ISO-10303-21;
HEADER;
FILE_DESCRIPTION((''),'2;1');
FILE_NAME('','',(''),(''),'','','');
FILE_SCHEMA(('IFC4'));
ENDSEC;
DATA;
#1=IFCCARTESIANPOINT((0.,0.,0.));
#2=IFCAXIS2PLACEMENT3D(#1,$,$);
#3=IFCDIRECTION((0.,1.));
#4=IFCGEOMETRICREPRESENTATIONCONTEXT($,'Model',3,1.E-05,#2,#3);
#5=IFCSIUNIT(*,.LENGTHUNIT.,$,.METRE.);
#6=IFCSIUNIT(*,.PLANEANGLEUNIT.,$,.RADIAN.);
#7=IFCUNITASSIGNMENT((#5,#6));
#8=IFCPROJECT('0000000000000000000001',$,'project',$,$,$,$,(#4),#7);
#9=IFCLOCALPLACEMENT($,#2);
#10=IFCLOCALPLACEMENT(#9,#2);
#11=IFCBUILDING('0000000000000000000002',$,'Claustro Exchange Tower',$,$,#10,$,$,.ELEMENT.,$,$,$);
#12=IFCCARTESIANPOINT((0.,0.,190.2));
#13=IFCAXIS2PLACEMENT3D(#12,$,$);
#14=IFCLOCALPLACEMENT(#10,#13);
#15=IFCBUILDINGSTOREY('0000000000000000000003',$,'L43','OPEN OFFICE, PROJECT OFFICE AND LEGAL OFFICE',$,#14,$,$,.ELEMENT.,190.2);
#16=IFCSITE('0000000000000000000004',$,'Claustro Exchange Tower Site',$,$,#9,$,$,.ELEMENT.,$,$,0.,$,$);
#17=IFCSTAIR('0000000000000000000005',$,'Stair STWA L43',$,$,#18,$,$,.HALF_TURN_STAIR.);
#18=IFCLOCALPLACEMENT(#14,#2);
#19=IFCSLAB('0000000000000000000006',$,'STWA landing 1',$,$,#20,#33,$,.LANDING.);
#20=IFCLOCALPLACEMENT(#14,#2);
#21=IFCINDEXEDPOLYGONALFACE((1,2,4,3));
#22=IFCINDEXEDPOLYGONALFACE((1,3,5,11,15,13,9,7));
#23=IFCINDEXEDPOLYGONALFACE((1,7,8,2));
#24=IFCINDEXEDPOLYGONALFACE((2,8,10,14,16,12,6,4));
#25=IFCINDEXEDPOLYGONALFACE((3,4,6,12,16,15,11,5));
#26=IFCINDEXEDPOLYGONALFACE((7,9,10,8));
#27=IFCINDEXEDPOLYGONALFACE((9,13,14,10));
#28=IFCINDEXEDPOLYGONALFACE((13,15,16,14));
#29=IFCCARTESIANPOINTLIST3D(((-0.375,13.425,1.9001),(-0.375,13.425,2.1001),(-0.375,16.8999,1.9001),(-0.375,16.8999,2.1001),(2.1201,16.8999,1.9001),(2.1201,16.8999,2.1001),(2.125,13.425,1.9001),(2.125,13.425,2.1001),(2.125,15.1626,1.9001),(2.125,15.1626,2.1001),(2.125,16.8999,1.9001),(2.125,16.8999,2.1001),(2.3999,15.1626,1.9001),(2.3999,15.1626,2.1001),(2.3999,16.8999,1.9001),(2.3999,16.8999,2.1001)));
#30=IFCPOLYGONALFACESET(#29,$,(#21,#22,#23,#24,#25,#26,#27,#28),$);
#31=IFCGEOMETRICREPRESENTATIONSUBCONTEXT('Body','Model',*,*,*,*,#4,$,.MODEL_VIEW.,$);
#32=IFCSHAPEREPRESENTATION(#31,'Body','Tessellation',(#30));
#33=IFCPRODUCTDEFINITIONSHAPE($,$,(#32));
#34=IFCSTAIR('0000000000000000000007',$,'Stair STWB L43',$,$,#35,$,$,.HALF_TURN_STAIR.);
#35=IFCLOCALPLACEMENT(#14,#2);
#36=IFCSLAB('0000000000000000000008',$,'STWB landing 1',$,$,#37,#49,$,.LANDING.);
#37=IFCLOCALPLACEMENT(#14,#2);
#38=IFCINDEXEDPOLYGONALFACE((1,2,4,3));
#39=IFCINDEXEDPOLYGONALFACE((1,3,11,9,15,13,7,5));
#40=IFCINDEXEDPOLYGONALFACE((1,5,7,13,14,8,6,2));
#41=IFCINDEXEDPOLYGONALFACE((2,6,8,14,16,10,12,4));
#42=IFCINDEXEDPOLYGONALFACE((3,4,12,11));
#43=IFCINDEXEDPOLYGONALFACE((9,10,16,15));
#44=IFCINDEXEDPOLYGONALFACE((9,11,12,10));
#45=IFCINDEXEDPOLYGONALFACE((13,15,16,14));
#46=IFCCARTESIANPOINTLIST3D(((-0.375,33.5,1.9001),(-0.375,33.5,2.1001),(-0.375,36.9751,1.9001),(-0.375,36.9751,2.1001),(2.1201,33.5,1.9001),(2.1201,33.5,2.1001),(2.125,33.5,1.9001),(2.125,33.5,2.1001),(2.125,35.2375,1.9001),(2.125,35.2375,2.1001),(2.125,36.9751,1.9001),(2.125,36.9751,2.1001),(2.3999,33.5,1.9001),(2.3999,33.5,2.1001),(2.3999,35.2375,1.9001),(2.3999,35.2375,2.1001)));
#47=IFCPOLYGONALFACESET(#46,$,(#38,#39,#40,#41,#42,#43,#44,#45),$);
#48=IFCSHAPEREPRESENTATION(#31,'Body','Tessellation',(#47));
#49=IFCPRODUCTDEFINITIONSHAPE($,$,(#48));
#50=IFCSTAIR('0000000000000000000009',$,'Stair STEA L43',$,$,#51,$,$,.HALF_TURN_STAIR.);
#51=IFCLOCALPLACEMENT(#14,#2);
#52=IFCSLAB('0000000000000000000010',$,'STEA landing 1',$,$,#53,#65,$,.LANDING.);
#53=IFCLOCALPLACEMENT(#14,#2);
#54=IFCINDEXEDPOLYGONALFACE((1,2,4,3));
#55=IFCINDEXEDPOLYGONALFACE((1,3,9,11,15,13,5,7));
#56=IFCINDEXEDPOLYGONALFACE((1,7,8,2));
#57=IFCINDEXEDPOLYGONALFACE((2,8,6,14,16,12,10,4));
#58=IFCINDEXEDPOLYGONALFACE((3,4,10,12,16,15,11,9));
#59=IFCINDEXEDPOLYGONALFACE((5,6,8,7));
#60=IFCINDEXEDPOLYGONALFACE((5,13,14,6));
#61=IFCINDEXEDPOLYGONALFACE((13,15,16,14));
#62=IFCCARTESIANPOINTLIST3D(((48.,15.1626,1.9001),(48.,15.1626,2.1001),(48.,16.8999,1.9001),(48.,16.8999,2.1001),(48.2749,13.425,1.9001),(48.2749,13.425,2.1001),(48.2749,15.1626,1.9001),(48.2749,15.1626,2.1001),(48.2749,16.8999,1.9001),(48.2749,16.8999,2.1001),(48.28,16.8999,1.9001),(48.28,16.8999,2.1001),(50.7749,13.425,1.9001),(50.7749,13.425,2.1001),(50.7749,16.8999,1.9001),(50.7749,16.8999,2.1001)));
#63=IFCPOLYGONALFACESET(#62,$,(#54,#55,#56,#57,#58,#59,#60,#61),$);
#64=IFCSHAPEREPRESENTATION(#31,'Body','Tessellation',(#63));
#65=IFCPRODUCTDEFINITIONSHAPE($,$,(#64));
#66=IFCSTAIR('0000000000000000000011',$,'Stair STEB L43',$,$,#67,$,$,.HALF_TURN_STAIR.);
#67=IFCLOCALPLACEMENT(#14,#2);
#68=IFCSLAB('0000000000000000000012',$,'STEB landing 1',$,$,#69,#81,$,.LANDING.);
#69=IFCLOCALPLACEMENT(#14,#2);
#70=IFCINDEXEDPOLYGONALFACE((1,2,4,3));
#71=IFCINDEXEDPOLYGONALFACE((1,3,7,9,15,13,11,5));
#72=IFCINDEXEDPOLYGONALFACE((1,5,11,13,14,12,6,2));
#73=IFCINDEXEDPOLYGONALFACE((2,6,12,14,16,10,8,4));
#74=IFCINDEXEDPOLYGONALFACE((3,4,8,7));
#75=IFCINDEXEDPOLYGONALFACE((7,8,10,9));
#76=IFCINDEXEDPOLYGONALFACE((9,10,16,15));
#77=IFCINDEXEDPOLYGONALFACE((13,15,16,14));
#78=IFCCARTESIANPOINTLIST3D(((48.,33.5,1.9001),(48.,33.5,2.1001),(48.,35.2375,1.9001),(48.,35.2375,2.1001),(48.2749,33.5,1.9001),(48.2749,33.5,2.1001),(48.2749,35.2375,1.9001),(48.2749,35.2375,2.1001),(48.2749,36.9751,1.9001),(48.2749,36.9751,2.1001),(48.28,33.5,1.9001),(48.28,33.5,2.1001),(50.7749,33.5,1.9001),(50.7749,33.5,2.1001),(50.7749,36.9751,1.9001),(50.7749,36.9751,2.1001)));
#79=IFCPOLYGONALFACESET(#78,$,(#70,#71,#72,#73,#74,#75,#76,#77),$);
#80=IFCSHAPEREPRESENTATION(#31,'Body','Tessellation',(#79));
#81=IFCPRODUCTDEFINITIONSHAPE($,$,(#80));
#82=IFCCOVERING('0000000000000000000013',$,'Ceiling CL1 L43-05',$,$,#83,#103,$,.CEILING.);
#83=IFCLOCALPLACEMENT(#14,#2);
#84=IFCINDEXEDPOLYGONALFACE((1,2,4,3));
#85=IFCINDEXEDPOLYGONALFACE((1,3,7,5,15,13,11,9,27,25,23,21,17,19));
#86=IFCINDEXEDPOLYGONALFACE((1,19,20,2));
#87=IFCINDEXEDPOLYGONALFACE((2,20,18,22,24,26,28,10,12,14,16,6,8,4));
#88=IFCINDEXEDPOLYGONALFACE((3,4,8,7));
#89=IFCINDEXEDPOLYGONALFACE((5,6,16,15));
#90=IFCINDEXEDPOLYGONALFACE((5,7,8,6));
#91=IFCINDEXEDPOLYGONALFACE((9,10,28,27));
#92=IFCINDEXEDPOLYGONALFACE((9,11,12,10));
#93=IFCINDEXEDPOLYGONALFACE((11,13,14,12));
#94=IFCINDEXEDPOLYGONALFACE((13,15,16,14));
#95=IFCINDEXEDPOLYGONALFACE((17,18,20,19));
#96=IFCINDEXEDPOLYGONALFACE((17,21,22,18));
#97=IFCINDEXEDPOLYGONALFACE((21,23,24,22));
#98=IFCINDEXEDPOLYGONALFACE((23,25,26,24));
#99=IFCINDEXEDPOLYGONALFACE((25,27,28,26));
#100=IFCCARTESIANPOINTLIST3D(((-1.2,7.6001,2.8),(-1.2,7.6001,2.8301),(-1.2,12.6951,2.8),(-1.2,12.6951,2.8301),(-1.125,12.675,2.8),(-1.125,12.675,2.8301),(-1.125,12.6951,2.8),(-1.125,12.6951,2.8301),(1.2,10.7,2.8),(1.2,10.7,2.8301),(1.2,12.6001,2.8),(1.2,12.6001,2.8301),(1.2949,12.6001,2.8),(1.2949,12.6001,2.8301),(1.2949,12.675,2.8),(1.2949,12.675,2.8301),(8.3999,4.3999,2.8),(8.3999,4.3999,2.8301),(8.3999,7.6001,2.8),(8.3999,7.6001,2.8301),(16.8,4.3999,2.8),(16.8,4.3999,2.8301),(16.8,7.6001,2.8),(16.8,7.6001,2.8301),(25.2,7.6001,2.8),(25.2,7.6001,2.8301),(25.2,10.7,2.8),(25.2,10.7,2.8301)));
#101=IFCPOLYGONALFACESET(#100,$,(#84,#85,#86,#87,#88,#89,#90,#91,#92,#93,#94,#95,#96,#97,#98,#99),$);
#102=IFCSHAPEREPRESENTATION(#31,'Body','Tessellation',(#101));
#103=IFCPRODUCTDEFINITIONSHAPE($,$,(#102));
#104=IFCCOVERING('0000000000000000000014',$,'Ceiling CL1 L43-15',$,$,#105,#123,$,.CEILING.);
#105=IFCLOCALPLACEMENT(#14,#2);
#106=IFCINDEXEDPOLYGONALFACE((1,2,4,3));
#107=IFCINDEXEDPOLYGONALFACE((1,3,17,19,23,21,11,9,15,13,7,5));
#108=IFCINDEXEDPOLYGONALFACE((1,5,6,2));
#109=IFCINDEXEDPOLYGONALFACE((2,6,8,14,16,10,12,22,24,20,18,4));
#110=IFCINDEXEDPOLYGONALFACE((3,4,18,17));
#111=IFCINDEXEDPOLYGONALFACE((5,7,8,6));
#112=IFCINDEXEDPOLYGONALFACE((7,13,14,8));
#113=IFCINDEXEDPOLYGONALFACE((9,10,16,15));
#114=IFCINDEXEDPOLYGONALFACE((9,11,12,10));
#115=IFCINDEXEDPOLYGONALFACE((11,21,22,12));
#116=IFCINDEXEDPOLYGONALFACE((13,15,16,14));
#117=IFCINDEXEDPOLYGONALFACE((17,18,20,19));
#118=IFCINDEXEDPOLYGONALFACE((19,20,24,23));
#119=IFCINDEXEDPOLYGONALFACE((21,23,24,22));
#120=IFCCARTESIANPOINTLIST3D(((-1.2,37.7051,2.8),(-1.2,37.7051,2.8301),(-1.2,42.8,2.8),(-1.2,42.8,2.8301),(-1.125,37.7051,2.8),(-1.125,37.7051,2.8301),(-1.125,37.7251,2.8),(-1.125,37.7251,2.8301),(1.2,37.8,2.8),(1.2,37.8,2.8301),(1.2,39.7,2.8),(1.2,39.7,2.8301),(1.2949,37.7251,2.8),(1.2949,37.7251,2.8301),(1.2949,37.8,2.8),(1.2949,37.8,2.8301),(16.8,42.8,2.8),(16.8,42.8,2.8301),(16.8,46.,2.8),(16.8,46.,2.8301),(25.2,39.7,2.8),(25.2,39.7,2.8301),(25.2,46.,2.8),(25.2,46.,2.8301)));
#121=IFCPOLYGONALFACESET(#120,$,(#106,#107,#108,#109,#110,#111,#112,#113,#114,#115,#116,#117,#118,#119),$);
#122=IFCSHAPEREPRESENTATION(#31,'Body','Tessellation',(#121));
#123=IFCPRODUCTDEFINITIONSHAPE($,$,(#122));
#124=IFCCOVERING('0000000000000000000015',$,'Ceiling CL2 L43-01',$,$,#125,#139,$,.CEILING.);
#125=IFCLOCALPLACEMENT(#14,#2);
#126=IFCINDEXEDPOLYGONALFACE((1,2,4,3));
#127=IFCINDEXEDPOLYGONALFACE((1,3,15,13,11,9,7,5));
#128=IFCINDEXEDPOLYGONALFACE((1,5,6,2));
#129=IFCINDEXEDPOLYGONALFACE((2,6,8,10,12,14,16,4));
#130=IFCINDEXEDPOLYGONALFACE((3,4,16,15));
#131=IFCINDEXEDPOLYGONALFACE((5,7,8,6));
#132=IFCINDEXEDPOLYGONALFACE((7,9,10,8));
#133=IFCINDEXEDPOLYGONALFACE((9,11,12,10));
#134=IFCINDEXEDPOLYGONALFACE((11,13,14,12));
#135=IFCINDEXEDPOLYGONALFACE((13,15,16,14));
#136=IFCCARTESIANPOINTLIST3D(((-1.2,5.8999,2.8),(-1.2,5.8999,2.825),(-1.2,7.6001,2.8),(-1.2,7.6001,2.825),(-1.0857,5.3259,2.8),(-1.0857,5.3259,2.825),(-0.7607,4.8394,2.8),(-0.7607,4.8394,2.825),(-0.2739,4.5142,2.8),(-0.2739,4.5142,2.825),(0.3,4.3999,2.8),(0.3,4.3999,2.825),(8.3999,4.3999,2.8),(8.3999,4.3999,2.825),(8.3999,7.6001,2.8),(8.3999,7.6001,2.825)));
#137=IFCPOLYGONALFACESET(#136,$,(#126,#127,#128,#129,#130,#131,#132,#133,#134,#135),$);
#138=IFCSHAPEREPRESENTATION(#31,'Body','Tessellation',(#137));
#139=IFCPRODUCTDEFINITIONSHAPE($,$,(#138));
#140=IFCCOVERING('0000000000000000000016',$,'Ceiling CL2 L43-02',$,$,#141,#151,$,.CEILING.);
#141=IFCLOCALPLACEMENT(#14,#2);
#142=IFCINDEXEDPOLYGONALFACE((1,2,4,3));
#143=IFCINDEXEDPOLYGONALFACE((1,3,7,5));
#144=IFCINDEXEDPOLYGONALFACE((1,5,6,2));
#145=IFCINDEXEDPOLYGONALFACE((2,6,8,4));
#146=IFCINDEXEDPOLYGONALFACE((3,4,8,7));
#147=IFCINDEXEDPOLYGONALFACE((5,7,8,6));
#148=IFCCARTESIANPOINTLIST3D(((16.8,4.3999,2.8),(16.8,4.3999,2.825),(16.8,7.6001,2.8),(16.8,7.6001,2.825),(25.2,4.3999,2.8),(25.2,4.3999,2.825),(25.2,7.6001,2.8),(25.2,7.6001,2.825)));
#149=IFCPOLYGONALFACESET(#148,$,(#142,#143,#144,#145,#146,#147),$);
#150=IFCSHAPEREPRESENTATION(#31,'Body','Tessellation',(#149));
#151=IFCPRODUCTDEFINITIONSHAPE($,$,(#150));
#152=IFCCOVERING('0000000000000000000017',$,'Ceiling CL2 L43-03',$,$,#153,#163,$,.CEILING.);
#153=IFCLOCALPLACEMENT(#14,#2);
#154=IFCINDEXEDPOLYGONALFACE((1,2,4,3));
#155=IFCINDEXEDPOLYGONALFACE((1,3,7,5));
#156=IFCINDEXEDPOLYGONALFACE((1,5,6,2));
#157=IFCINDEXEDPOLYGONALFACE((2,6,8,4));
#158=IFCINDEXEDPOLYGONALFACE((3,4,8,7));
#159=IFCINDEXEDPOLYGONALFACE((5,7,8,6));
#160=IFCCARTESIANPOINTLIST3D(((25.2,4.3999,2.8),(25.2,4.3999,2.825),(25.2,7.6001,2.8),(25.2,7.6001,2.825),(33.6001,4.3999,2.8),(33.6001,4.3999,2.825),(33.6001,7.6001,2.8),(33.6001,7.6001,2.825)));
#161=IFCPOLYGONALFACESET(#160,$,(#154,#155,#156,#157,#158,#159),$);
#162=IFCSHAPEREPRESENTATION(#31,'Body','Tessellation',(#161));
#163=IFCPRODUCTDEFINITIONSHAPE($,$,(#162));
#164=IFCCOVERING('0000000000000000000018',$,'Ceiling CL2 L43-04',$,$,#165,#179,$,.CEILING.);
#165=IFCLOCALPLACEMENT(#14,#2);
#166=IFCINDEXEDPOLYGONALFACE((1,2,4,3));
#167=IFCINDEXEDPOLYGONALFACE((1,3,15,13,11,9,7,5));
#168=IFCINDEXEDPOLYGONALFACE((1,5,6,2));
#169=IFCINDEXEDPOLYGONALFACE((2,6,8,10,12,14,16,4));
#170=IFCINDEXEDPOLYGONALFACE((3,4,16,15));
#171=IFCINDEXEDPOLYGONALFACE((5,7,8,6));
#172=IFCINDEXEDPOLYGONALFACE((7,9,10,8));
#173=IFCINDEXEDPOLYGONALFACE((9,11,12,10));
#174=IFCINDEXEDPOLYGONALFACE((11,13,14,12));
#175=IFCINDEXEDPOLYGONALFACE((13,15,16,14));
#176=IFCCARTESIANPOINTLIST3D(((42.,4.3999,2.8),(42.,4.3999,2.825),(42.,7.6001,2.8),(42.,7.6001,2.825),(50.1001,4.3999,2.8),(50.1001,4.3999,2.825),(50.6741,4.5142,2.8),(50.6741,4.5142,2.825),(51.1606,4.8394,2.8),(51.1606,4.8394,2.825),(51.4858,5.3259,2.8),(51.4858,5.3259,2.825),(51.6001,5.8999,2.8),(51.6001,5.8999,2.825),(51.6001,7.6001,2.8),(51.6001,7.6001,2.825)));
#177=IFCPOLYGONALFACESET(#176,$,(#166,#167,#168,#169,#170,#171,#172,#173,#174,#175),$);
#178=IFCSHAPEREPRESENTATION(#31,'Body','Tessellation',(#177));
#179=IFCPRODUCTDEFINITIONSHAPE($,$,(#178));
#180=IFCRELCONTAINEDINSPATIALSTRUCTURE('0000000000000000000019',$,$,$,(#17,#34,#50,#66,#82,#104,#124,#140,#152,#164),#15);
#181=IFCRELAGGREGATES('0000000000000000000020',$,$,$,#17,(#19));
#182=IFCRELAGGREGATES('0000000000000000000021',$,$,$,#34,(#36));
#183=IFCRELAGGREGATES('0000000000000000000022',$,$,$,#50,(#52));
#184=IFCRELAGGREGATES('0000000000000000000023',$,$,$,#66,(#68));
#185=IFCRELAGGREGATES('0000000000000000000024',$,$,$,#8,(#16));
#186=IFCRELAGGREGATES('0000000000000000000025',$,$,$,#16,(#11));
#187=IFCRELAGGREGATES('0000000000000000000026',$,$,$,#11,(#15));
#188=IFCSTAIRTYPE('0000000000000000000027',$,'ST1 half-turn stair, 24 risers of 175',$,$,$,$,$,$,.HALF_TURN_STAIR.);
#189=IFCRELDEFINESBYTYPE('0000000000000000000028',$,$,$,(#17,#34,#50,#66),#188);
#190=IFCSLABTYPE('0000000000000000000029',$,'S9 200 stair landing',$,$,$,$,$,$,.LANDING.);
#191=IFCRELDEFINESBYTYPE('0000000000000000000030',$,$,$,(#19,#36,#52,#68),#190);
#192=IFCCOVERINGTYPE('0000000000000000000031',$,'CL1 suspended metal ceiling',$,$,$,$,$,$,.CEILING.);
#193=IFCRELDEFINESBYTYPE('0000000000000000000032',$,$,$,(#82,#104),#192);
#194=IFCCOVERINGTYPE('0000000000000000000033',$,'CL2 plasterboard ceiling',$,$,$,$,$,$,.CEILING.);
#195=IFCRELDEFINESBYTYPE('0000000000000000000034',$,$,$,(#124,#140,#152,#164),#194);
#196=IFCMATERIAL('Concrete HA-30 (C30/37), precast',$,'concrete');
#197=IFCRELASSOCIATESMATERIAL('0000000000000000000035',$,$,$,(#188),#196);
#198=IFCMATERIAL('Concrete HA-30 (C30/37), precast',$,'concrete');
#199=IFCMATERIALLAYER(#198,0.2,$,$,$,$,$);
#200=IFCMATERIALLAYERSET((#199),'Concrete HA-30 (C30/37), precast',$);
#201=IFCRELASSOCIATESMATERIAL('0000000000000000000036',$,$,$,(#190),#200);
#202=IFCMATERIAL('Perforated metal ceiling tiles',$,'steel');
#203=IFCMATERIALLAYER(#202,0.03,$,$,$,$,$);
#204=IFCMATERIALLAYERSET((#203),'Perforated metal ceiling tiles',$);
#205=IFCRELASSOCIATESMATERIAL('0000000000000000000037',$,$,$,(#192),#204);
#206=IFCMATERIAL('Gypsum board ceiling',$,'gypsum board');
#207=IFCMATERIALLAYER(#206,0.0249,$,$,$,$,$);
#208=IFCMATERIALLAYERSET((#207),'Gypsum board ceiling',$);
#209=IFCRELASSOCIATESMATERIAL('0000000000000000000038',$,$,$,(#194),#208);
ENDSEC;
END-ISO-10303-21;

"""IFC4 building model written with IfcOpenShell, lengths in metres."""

from ifc_helpers import new_model, si_unit, direction, frame, origin, place, context, subcontext, project, spatial, polyline, outline, extrude, material, layer, layer_set, type_object, element, aggregate, save


model = new_model("IFC4")

# Units and contexts
model_context = context("Model", 3, precision=1e-05, world=origin(), true_north=direction((0.0, 1.0)))
body_context = subcontext(model_context, "Body", "Model", "MODEL_VIEW")
ifc_project = project(units=[si_unit("LENGTHUNIT", "METRE"), si_unit("PLANEANGLEUNIT", "RADIAN")], contexts=[model_context])

# Site, building, storey
site_placement = place(None, origin())
site = spatial("IfcSite", under=ifc_project, at=site_placement, Name="Claustro Exchange Tower Site", CompositionType="ELEMENT", RefElevation=0.0)
building_placement = place(site_placement, origin())
building = spatial("IfcBuilding", under=site, at=building_placement, Name="Claustro Exchange Tower", CompositionType="ELEMENT")
storey_placement = place(building_placement, frame((0.0, 0.0, 190.2)))
storey = spatial("IfcBuildingStorey", under=building, at=storey_placement, Name="L43", Description="OPEN OFFICE, PROJECT OFFICE AND LEGAL OFFICE", CompositionType="ELEMENT", Elevation=190.2)

# Stairs, slabs
ifc_material_1 = material(Name="Concrete HA-30 (C30/37), precast", Category="concrete")
stair_type = type_object("IfcStairType", Name="ST1 half-turn stair, 24 risers of 175", PredefinedType="HALF_TURN_STAIR", material=ifc_material_1)
stair_1_placement = place(storey_placement, origin())
stair_1 = element("IfcStair", 1, at=stair_1_placement, inside=storey, type_object=stair_type, Name="Stair STWA L43", PredefinedType="HALF_TURN_STAIR")
ifc_material_2 = material(Name="Concrete HA-30 (C30/37), precast", Category="concrete")
ifc_layer_1 = layer(ifc_material_2, 0.2)
ifc_layer_set_1 = layer_set([ifc_layer_1], Name="Concrete HA-30 (C30/37), precast")
slab_type_1 = type_object("IfcSlabType", Name="S9 200 stair landing", PredefinedType="LANDING", material=ifc_layer_set_1)
slab_1_placement = place(storey_placement, frame((0.0, 0.0, 1.9001)))
slab_1 = element("IfcSlab", 2, at=slab_1_placement, type_object=slab_type_1, Name="STWA landing 1", PredefinedType="LANDING", context=body_context, shape_type="SweptSolid", body=[
    extrude(outline(polyline([(2.125, 13.425), (-0.375, 13.425), (-0.375, 16.8999), (2.1201, 16.8999), (2.125, 16.8999), (2.3999, 16.8999), (2.3999, 15.1626), (2.125, 15.1626), (2.125, 13.425)])), origin(), (0.0, 0.0, 1.0), 0.2),
])
aggregate(stair_1, [slab_1])
stair_2_placement = place(storey_placement, origin())
stair_2 = element("IfcStair", 3, at=stair_2_placement, inside=storey, type_object=stair_type, Name="Stair STWB L43", PredefinedType="HALF_TURN_STAIR")
slab_2_placement = place(storey_placement, frame((0.0, 0.0, 1.9001)))
slab_2 = element("IfcSlab", 4, at=slab_2_placement, type_object=slab_type_1, Name="STWB landing 1", PredefinedType="LANDING", context=body_context, shape_type="SweptSolid", body=[
    extrude(outline(polyline([(2.3999, 35.2375), (2.3999, 33.5), (2.125, 33.5), (2.1201, 33.5), (-0.375, 33.5), (-0.375, 36.9751), (2.125, 36.9751), (2.125, 35.2375), (2.3999, 35.2375)])), origin(), (0.0, 0.0, 1.0), 0.2),
])
aggregate(stair_2, [slab_2])
stair_3_placement = place(storey_placement, origin())
stair_3 = element("IfcStair", 5, at=stair_3_placement, inside=storey, type_object=stair_type, Name="Stair STEA L43", PredefinedType="HALF_TURN_STAIR")
slab_3_placement = place(storey_placement, frame((0.0, 0.0, 1.9001)))
slab_3 = element("IfcSlab", 6, at=slab_3_placement, type_object=slab_type_1, Name="STEA landing 1", PredefinedType="LANDING", context=body_context, shape_type="SweptSolid", body=[
    extrude(outline(polyline([(50.7749, 16.8999), (50.7749, 13.425), (48.2749, 13.425), (48.2749, 15.1626), (48.0, 15.1626), (48.0, 16.8999), (48.2749, 16.8999), (48.28, 16.8999), (50.7749, 16.8999)])), origin(), (0.0, 0.0, 1.0), 0.2),
])
aggregate(stair_3, [slab_3])
stair_4_placement = place(storey_placement, origin())
stair_4 = element("IfcStair", 7, at=stair_4_placement, inside=storey, type_object=stair_type, Name="Stair STEB L43", PredefinedType="HALF_TURN_STAIR")
slab_4_placement = place(storey_placement, frame((0.0, 0.0, 1.9001)))
slab_4 = element("IfcSlab", 8, at=slab_4_placement, type_object=slab_type_1, Name="STEB landing 1", PredefinedType="LANDING", context=body_context, shape_type="SweptSolid", body=[
    extrude(outline(polyline([(48.0, 33.5), (48.0, 35.2375), (48.2749, 35.2375), (48.2749, 36.9751), (50.7749, 36.9751), (50.7749, 33.5), (48.28, 33.5), (48.2749, 33.5), (48.0, 33.5)])), origin(), (0.0, 0.0, 1.0), 0.2),
])
aggregate(stair_4, [slab_4])

# Coverings
ifc_material_3 = material(Name="Perforated metal ceiling tiles", Category="steel")
ifc_layer_2 = layer(ifc_material_3, 0.03)
ifc_layer_set_2 = layer_set([ifc_layer_2], Name="Perforated metal ceiling tiles")
covering_type_1 = type_object("IfcCoveringType", Name="CL1 suspended metal ceiling", PredefinedType="CEILING", material=ifc_layer_set_2)
covering_1_placement = place(storey_placement, frame((0.0, 0.0, 2.8)))
element("IfcCovering", 9, at=covering_1_placement, inside=storey, type_object=covering_type_1, Name="Ceiling CL1 L43-05", PredefinedType="CEILING", context=body_context, shape_type="SweptSolid", body=[
    extrude(outline(polyline([(1.2, 10.7), (1.2, 12.6001), (1.2949, 12.6001), (1.2949, 12.675), (-1.125, 12.675), (-1.125, 12.6951), (-1.2, 12.6951), (-1.2, 7.6001), (8.3999, 7.6001), (8.3999, 4.3999), (16.8, 4.3999), (16.8, 7.6001), (25.2, 7.6001), (25.2, 10.7), (1.2, 10.7)])), origin(), (0.0, 0.0, 1.0), 0.03),
])
covering_2_placement = place(storey_placement, frame((0.0, 0.0, 2.8)))
element("IfcCovering", 10, at=covering_2_placement, inside=storey, type_object=covering_type_1, Name="Ceiling CL1 L43-15", PredefinedType="CEILING", context=body_context, shape_type="SweptSolid", body=[
    extrude(outline(polyline([(-1.125, 37.7251), (1.2949, 37.7251), (1.2949, 37.8), (1.2, 37.8), (1.2, 39.7), (25.2, 39.7), (25.2, 46.0), (16.8, 46.0), (16.8, 42.8), (-1.2, 42.8), (-1.2, 37.7051), (-1.125, 37.7051), (-1.125, 37.7251)])), origin(), (0.0, 0.0, 1.0), 0.03),
])
ifc_material_4 = material(Name="Gypsum board ceiling", Category="gypsum board")
ifc_layer_3 = layer(ifc_material_4, 0.0249)
ifc_layer_set_3 = layer_set([ifc_layer_3], Name="Gypsum board ceiling")
covering_type_2 = type_object("IfcCoveringType", Name="CL2 plasterboard ceiling", PredefinedType="CEILING", material=ifc_layer_set_3)
covering_3_placement = place(storey_placement, frame((0.0, 0.0, 2.8)))
element("IfcCovering", 11, at=covering_3_placement, inside=storey, type_object=covering_type_2, Name="Ceiling CL2 L43-01", PredefinedType="CEILING", context=body_context, shape_type="SweptSolid", body=[
    extrude(outline(polyline([(-1.0857, 5.3259), (-0.7607, 4.8394), (-0.2739, 4.5142), (0.3, 4.3999), (8.3999, 4.3999), (8.3999, 7.6001), (-1.2, 7.6001), (-1.2, 5.8999), (-1.0857, 5.3259)])), origin(), (0.0, 0.0, 1.0), 0.0249),
])
covering_4_placement = place(storey_placement, frame((0.0, 0.0, 2.8)))
element("IfcCovering", 12, at=covering_4_placement, inside=storey, type_object=covering_type_2, Name="Ceiling CL2 L43-02", PredefinedType="CEILING", context=body_context, shape_type="SweptSolid", body=[
    extrude(outline(polyline([(16.8, 4.3999), (25.2, 4.3999), (25.2, 7.6001), (16.8, 7.6001), (16.8, 4.3999)])), origin(), (0.0, 0.0, 1.0), 0.0249),
])
covering_5_placement = place(storey_placement, frame((0.0, 0.0, 2.8)))
element("IfcCovering", 13, at=covering_5_placement, inside=storey, type_object=covering_type_2, Name="Ceiling CL2 L43-03", PredefinedType="CEILING", context=body_context, shape_type="SweptSolid", body=[
    extrude(outline(polyline([(25.2, 4.3999), (33.6001, 4.3999), (33.6001, 7.6001), (25.2, 7.6001), (25.2, 4.3999)])), origin(), (0.0, 0.0, 1.0), 0.0249),
])
covering_6_placement = place(storey_placement, frame((0.0, 0.0, 2.8)))
element("IfcCovering", 14, at=covering_6_placement, inside=storey, type_object=covering_type_2, Name="Ceiling CL2 L43-04", PredefinedType="CEILING", context=body_context, shape_type="SweptSolid", body=[
    extrude(outline(polyline([(51.6001, 5.8999), (51.6001, 7.6001), (42.0, 7.6001), (42.0, 4.3999), (50.1001, 4.3999), (50.6741, 4.5142), (51.1606, 4.8394), (51.4858, 5.3259), (51.6001, 5.8999)])), origin(), (0.0, 0.0, 1.0), 0.0249),
])

save(model, "model.ifc")
